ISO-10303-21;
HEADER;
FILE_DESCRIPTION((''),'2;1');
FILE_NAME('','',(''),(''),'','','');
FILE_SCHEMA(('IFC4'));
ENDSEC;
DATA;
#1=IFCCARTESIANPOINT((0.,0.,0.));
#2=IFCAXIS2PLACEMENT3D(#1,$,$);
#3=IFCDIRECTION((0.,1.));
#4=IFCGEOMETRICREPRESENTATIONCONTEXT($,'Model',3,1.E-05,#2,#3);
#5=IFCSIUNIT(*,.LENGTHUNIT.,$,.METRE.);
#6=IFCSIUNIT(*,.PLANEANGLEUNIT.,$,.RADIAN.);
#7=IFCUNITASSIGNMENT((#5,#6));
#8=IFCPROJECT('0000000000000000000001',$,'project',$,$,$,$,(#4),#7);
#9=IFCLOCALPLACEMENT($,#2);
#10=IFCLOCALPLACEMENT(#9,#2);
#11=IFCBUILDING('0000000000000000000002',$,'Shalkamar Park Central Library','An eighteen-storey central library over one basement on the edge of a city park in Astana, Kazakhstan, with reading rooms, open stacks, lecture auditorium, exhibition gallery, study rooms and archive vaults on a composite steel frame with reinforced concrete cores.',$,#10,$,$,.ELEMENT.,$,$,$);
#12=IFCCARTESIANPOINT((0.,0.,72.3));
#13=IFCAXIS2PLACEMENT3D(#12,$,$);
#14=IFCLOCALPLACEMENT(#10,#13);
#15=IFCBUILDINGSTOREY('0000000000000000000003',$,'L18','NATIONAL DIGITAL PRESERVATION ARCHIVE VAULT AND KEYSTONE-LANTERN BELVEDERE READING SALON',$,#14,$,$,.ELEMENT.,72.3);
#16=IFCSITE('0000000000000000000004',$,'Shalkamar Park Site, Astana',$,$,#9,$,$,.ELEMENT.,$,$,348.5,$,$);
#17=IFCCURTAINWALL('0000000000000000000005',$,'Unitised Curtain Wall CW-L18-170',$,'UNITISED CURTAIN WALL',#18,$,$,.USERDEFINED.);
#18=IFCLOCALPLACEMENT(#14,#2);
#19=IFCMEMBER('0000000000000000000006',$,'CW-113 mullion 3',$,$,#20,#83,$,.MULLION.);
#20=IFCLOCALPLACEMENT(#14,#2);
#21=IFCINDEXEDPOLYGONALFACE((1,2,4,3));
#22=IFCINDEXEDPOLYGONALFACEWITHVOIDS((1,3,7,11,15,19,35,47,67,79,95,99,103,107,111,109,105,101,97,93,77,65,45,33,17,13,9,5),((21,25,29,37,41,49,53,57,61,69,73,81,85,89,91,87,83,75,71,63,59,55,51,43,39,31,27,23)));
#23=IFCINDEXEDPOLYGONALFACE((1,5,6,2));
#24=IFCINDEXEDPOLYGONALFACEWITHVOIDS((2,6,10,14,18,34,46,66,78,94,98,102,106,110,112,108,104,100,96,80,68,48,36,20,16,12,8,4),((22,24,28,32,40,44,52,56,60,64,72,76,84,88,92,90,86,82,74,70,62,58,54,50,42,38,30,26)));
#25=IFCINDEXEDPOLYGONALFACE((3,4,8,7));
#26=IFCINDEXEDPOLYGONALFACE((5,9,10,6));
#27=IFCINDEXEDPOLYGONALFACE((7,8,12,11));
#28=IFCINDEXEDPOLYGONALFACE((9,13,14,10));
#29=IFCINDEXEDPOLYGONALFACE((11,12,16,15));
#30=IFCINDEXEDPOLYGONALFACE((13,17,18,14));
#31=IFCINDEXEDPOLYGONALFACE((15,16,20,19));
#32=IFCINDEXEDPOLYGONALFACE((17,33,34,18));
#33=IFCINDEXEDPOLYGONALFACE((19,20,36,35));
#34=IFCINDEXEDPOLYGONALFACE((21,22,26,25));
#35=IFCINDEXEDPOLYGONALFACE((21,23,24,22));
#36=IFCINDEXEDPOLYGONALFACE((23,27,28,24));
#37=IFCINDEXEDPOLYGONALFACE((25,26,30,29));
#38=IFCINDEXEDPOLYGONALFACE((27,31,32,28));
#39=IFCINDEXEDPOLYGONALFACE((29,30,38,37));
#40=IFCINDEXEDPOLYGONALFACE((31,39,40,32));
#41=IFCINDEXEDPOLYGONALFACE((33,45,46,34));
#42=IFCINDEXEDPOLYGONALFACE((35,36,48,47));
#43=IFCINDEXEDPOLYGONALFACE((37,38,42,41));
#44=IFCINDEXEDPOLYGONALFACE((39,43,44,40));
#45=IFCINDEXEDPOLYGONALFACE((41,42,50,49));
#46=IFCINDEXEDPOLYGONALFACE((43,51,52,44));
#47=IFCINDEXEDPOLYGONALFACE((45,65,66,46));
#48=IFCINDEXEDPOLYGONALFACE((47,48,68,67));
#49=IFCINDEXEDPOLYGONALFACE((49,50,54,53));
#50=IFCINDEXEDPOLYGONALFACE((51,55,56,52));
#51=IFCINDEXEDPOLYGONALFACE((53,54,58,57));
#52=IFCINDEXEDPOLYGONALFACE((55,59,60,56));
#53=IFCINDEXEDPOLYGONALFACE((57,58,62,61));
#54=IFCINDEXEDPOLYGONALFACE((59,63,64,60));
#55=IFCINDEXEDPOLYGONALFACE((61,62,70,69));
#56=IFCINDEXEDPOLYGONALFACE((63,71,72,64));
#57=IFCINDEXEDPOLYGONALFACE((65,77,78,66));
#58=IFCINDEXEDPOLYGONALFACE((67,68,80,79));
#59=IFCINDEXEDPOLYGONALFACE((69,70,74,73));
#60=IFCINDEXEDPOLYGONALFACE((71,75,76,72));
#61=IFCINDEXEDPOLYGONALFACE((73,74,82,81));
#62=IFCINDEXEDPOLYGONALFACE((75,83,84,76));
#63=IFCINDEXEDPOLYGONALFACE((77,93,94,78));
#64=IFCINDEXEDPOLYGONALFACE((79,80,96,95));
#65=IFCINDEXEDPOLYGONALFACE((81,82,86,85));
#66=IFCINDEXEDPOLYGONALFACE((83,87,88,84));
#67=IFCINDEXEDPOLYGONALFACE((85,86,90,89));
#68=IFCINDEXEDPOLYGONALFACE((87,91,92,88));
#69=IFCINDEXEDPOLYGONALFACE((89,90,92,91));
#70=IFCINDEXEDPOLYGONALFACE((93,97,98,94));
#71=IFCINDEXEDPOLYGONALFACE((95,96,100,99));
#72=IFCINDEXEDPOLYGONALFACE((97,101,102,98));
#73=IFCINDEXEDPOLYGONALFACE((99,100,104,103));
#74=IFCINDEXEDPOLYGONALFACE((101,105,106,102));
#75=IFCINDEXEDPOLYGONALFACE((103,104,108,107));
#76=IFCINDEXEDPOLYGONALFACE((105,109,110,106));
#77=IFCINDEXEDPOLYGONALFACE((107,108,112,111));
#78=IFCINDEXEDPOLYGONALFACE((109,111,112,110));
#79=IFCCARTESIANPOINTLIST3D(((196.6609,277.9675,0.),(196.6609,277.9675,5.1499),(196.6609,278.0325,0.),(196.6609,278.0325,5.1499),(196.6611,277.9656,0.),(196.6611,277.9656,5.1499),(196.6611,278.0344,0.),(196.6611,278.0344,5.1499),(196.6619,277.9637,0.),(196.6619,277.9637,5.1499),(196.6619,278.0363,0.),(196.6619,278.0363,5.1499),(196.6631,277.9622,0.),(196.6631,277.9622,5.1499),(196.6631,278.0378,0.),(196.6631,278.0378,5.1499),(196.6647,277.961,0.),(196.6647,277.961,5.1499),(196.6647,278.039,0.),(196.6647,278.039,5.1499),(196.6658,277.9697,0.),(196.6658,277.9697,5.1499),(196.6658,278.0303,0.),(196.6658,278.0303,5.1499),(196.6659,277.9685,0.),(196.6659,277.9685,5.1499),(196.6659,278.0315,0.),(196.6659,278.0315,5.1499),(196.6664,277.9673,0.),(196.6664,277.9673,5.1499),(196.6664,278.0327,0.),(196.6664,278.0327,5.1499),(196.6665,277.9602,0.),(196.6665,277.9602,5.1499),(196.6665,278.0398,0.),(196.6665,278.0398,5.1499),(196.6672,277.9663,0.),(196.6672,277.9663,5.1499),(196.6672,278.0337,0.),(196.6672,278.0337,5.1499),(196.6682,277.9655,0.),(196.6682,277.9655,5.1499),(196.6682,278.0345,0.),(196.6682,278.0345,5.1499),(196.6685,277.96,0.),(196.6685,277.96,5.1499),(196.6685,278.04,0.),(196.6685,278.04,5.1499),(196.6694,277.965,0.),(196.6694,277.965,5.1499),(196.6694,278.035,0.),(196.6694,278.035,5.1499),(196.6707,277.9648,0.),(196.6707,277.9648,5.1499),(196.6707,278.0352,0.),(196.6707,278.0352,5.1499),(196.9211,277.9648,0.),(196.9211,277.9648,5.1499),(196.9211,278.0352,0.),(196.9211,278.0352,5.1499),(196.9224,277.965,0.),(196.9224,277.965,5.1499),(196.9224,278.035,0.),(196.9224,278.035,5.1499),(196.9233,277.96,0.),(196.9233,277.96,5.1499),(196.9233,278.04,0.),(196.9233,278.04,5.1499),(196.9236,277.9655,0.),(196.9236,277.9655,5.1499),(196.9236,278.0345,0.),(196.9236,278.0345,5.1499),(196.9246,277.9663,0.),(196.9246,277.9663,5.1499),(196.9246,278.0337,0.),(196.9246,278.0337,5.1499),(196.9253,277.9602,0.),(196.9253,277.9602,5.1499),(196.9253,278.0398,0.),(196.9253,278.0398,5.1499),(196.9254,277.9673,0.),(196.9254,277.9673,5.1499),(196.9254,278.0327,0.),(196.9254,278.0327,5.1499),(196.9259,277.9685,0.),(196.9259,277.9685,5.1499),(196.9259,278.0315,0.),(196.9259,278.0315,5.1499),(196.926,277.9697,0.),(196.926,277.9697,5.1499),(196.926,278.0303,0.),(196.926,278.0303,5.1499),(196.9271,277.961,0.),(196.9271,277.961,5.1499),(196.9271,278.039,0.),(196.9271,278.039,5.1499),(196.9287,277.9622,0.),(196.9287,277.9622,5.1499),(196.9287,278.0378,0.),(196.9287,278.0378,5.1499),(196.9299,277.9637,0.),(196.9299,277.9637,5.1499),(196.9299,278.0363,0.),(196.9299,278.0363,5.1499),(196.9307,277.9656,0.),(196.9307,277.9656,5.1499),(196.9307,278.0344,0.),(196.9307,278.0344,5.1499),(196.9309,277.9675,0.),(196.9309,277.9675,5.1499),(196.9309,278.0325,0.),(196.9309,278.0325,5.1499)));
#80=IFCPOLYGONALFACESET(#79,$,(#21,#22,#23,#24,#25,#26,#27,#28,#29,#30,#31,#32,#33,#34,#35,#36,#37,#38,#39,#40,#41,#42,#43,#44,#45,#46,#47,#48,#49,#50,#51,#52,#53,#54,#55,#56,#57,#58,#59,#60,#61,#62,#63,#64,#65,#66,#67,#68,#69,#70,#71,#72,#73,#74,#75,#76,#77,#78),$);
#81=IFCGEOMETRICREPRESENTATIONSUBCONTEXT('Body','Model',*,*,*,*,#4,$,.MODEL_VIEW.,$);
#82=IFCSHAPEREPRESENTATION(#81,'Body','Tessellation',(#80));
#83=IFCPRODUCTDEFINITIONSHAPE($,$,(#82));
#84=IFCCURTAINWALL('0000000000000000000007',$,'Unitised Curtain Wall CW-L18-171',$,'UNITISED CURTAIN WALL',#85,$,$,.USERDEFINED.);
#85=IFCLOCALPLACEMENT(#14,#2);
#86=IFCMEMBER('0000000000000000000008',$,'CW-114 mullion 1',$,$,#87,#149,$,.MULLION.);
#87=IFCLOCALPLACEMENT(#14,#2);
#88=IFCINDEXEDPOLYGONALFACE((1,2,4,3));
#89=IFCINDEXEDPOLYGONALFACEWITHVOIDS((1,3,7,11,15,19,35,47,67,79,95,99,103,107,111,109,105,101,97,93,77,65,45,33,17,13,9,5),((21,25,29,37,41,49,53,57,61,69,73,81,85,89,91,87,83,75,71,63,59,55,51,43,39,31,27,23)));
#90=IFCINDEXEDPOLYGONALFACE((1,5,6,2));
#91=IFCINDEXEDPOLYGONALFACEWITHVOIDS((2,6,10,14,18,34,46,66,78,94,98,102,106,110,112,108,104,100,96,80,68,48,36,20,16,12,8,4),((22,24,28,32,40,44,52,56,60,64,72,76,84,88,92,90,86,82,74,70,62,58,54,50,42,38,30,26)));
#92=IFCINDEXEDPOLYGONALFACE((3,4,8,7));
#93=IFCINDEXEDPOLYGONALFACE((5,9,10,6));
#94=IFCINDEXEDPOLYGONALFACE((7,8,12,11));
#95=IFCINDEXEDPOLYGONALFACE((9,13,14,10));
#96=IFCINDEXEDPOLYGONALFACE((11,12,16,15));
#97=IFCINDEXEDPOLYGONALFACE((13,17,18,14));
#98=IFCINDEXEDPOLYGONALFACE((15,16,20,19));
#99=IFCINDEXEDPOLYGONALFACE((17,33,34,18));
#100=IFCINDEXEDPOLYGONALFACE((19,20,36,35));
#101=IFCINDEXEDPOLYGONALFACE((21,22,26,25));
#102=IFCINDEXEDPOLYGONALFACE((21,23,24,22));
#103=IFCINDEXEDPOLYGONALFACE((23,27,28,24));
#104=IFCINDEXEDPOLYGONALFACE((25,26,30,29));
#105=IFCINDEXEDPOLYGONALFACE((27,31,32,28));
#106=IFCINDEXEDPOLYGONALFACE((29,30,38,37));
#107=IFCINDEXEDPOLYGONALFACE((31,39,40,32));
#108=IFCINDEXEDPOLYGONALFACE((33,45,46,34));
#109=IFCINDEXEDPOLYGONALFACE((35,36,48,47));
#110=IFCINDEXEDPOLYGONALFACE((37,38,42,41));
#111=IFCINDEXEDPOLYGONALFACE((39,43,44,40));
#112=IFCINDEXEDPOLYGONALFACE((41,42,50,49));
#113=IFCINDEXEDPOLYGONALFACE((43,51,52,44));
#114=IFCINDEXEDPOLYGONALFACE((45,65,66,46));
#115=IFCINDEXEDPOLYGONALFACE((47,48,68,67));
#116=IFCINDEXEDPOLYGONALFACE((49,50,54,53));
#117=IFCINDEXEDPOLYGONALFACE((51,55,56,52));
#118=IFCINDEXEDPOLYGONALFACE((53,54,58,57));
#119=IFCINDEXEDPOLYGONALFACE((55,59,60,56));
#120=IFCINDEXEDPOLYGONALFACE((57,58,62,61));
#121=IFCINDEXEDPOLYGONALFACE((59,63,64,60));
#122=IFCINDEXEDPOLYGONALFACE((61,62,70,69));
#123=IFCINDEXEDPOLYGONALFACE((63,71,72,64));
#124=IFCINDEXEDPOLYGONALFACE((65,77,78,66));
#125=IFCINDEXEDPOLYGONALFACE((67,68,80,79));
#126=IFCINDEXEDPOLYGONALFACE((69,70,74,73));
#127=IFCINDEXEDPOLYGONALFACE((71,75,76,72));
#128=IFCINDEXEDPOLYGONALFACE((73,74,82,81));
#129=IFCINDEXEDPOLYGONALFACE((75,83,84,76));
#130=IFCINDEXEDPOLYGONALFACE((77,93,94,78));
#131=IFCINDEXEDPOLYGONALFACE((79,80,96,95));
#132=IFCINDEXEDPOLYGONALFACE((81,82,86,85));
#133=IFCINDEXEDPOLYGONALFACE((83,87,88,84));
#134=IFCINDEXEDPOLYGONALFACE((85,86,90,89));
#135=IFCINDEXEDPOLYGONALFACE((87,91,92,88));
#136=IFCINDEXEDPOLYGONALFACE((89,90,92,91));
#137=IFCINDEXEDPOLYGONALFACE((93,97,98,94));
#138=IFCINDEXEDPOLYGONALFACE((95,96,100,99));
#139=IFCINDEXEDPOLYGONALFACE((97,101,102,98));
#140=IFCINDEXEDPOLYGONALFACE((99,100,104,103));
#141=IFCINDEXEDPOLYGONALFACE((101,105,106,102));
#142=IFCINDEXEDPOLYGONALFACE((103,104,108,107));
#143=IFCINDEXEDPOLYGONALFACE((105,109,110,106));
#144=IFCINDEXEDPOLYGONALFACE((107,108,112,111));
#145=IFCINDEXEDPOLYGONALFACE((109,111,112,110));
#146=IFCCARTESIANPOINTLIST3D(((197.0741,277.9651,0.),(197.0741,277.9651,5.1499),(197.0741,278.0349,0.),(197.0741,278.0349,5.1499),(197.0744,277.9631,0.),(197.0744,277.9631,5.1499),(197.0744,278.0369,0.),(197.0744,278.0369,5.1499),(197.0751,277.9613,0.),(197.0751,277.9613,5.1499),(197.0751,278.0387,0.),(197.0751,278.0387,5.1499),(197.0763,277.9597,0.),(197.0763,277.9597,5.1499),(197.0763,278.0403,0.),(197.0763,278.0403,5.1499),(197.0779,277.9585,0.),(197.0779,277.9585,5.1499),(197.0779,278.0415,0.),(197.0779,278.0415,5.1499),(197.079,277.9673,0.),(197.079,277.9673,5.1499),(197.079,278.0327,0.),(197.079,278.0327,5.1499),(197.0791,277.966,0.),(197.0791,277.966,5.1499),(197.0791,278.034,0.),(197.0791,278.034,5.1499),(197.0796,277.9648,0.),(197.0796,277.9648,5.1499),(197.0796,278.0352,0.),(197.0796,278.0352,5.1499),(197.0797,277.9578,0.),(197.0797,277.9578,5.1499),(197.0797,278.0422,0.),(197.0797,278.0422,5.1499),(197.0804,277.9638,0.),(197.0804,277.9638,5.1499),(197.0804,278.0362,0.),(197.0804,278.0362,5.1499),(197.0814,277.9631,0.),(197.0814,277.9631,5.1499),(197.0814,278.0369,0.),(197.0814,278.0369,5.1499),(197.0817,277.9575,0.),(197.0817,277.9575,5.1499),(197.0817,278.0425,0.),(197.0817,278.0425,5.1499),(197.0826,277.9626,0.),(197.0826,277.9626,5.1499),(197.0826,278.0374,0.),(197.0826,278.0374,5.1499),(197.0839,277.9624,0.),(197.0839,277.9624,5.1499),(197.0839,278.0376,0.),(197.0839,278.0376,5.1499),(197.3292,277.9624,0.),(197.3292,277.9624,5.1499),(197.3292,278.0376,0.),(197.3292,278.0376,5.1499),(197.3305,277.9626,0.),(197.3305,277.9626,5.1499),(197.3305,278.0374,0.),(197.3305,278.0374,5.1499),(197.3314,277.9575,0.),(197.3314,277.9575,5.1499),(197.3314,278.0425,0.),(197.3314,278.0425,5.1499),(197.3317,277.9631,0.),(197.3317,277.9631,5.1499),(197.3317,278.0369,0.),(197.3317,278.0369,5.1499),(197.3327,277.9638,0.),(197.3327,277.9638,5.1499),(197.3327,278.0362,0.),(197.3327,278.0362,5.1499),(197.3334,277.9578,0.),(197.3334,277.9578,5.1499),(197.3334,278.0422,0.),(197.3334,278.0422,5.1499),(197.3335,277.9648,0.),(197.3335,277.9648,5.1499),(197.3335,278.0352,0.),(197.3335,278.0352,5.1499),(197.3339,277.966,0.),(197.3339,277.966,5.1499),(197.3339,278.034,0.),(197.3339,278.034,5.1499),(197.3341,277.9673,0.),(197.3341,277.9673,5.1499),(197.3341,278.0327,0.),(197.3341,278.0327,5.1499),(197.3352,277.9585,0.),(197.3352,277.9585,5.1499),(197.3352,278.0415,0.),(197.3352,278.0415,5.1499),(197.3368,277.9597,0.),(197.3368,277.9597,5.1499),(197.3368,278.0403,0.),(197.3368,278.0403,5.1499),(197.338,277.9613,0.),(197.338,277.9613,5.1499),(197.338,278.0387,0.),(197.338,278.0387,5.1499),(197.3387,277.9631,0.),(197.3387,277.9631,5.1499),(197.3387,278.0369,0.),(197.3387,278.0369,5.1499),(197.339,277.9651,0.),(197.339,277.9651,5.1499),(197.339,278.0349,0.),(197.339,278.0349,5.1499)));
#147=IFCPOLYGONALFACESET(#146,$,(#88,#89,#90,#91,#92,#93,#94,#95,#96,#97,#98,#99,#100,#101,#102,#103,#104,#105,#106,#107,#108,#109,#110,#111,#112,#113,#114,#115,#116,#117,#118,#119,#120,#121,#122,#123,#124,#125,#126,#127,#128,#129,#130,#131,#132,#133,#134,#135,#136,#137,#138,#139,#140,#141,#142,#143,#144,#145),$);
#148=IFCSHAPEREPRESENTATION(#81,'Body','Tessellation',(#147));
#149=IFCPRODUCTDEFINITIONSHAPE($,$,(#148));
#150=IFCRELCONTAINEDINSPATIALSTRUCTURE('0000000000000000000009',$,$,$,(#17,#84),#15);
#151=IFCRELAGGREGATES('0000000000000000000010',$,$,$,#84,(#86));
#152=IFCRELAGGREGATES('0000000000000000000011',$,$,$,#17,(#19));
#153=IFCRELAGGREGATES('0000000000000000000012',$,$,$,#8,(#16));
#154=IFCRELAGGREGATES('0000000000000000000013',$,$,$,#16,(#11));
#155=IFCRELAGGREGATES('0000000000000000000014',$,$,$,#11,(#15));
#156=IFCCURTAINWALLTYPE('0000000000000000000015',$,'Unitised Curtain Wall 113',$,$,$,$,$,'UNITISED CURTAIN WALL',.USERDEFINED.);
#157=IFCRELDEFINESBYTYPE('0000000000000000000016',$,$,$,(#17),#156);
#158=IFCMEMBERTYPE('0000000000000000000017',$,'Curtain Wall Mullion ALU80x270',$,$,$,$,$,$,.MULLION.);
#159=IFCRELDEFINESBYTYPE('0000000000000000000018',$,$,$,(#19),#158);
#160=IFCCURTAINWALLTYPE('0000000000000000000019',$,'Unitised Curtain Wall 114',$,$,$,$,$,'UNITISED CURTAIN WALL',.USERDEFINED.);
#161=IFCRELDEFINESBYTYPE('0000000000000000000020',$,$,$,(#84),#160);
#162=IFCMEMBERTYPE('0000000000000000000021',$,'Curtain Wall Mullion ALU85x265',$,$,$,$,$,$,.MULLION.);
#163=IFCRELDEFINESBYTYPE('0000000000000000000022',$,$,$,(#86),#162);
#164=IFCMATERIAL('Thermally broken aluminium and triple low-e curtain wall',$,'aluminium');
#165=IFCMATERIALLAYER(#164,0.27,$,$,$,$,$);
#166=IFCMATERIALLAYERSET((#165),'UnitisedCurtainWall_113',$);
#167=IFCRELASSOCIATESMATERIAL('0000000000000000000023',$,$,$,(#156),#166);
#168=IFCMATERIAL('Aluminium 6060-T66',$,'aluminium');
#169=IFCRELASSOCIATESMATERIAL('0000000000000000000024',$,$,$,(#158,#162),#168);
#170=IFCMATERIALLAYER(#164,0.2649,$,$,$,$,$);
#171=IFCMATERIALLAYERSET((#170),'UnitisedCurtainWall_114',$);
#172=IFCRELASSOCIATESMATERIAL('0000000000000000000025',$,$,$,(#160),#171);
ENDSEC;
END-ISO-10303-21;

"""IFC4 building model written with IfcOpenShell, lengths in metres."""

from ifc_helpers import new_model, si_unit, direction, frame, origin, origin_2d, place, context, subcontext, project, spatial, hollow_rectangle, extrude, material, layer, layer_set, material_profile, profile_set, type_object, element, aggregate, save


model = new_model("IFC4")

# Units and contexts
model_context = context("Model", 3, precision=1e-05, world=origin(), true_north=direction((0.0, 1.0)))
body_context = subcontext(model_context, "Body", "Model", "MODEL_VIEW")
ifc_project = project(units=[si_unit("LENGTHUNIT", "METRE"), si_unit("PLANEANGLEUNIT", "RADIAN")], contexts=[model_context])

# Site, building, storey
site_placement = place(None, origin())
site = spatial("IfcSite", under=ifc_project, at=site_placement, Name="Shalkamar Park Site, Astana", CompositionType="ELEMENT", RefElevation=348.5)
building_placement = place(site_placement, origin())
building = spatial("IfcBuilding", under=site, at=building_placement, Name="Shalkamar Park Central Library", Description="An eighteen-storey central library over one basement on the edge of a city park in Astana, Kazakhstan, with reading rooms, open stacks, lecture auditorium, exhibition gallery, study rooms and archive vaults on a composite steel frame with reinforced concrete cores.", CompositionType="ELEMENT")
storey_placement = place(building_placement, frame((0.0, 0.0, 72.3)))
storey = spatial("IfcBuildingStorey", under=building, at=storey_placement, Name="L18", Description="NATIONAL DIGITAL PRESERVATION ARCHIVE VAULT AND KEYSTONE-LANTERN BELVEDERE READING SALON", CompositionType="ELEMENT", Elevation=72.3)

# Curtain wall, member
ifc_material_1 = material(Name="Thermally broken aluminium and triple low-e curtain wall", Category="aluminium")
ifc_layer_1 = layer(ifc_material_1, 0.27)
ifc_layer_set_1 = layer_set([ifc_layer_1], Name="UnitisedCurtainWall_113")
curtain_wall_type_1 = type_object("IfcCurtainWallType", Name="Unitised Curtain Wall 113", ElementType="UNITISED CURTAIN WALL", PredefinedType="USERDEFINED", material=ifc_layer_set_1)
curtain_wall_1_placement = place(storey_placement, origin())
curtain_wall_1 = element("IfcCurtainWall", 1, at=curtain_wall_1_placement, inside=storey, type_object=curtain_wall_type_1, Name="Unitised Curtain Wall CW-L18-170", ObjectType="UNITISED CURTAIN WALL", PredefinedType="USERDEFINED")
ifc_material_2 = material(Name="Aluminium 6060-T66", Category="aluminium")
ifc_material_profile_1 = material_profile(ifc_material_2, hollow_rectangle(XDim=0.0801, YDim=0.27, WallThickness=0.0049, InnerFilletRadius=0.0049, OuterFilletRadius=0.0076, at=origin_2d()), Name="ALU 80x270x5")
ifc_profile_set_1 = profile_set([ifc_material_profile_1], Name="Aluminium 6060-T66")
member_type_1 = type_object("IfcMemberType", Name="Curtain Wall Mullion ALU80x270", PredefinedType="MULLION", material=ifc_profile_set_1)
member_1_placement = place(storey_placement, frame((196.7959, 278.0, 0.0), z_axis=(0.0, 0.0, 1.0), x_axis=(0.0, 1.0, 0.0)))
member_1 = element("IfcMember", 2, at=member_1_placement, type_object=member_type_1, Name="CW-113 mullion 3", PredefinedType="MULLION", context=body_context, shape_type="SweptSolid", body=[
    extrude(hollow_rectangle(XDim=0.0801, YDim=0.27, WallThickness=0.0049, InnerFilletRadius=0.0049, OuterFilletRadius=0.0076, at=origin_2d()), origin(), (0.0, 0.0, 1.0), 5.1499),
])

# Curtain wall, member
ifc_layer_2 = layer(ifc_material_1, 0.2649)
ifc_layer_set_2 = layer_set([ifc_layer_2], Name="UnitisedCurtainWall_114")
curtain_wall_type_2 = type_object("IfcCurtainWallType", Name="Unitised Curtain Wall 114", ElementType="UNITISED CURTAIN WALL", PredefinedType="USERDEFINED", material=ifc_layer_set_2)
curtain_wall_2_placement = place(storey_placement, origin())
curtain_wall_2 = element("IfcCurtainWall", 3, at=curtain_wall_2_placement, inside=storey, type_object=curtain_wall_type_2, Name="Unitised Curtain Wall CW-L18-171", ObjectType="UNITISED CURTAIN WALL", PredefinedType="USERDEFINED")
ifc_material_profile_2 = material_profile(ifc_material_2, hollow_rectangle(XDim=0.085, YDim=0.2649, WallThickness=0.0049, InnerFilletRadius=0.0049, OuterFilletRadius=0.0076, at=origin_2d()), Name="ALU 85x265x5")
ifc_profile_set_2 = profile_set([ifc_material_profile_2], Name="Aluminium 6060-T66")
member_type_2 = type_object("IfcMemberType", Name="Curtain Wall Mullion ALU85x265", PredefinedType="MULLION", material=ifc_profile_set_2)
member_2_placement = place(storey_placement, frame((197.2065, 278.0, 0.0), z_axis=(0.0, 0.0, 1.0), x_axis=(0.0, 1.0, 0.0)))
member_2 = element("IfcMember", 4, at=member_2_placement, type_object=member_type_2, Name="CW-114 mullion 1", PredefinedType="MULLION", context=body_context, shape_type="SweptSolid", body=[
    extrude(hollow_rectangle(XDim=0.085, YDim=0.2649, WallThickness=0.0049, InnerFilletRadius=0.0049, OuterFilletRadius=0.0076, at=origin_2d()), origin(), (0.0, 0.0, 1.0), 5.1499),
])

aggregate(curtain_wall_2, [member_2])

aggregate(curtain_wall_1, [member_1])

save(model, "model.ifc")
